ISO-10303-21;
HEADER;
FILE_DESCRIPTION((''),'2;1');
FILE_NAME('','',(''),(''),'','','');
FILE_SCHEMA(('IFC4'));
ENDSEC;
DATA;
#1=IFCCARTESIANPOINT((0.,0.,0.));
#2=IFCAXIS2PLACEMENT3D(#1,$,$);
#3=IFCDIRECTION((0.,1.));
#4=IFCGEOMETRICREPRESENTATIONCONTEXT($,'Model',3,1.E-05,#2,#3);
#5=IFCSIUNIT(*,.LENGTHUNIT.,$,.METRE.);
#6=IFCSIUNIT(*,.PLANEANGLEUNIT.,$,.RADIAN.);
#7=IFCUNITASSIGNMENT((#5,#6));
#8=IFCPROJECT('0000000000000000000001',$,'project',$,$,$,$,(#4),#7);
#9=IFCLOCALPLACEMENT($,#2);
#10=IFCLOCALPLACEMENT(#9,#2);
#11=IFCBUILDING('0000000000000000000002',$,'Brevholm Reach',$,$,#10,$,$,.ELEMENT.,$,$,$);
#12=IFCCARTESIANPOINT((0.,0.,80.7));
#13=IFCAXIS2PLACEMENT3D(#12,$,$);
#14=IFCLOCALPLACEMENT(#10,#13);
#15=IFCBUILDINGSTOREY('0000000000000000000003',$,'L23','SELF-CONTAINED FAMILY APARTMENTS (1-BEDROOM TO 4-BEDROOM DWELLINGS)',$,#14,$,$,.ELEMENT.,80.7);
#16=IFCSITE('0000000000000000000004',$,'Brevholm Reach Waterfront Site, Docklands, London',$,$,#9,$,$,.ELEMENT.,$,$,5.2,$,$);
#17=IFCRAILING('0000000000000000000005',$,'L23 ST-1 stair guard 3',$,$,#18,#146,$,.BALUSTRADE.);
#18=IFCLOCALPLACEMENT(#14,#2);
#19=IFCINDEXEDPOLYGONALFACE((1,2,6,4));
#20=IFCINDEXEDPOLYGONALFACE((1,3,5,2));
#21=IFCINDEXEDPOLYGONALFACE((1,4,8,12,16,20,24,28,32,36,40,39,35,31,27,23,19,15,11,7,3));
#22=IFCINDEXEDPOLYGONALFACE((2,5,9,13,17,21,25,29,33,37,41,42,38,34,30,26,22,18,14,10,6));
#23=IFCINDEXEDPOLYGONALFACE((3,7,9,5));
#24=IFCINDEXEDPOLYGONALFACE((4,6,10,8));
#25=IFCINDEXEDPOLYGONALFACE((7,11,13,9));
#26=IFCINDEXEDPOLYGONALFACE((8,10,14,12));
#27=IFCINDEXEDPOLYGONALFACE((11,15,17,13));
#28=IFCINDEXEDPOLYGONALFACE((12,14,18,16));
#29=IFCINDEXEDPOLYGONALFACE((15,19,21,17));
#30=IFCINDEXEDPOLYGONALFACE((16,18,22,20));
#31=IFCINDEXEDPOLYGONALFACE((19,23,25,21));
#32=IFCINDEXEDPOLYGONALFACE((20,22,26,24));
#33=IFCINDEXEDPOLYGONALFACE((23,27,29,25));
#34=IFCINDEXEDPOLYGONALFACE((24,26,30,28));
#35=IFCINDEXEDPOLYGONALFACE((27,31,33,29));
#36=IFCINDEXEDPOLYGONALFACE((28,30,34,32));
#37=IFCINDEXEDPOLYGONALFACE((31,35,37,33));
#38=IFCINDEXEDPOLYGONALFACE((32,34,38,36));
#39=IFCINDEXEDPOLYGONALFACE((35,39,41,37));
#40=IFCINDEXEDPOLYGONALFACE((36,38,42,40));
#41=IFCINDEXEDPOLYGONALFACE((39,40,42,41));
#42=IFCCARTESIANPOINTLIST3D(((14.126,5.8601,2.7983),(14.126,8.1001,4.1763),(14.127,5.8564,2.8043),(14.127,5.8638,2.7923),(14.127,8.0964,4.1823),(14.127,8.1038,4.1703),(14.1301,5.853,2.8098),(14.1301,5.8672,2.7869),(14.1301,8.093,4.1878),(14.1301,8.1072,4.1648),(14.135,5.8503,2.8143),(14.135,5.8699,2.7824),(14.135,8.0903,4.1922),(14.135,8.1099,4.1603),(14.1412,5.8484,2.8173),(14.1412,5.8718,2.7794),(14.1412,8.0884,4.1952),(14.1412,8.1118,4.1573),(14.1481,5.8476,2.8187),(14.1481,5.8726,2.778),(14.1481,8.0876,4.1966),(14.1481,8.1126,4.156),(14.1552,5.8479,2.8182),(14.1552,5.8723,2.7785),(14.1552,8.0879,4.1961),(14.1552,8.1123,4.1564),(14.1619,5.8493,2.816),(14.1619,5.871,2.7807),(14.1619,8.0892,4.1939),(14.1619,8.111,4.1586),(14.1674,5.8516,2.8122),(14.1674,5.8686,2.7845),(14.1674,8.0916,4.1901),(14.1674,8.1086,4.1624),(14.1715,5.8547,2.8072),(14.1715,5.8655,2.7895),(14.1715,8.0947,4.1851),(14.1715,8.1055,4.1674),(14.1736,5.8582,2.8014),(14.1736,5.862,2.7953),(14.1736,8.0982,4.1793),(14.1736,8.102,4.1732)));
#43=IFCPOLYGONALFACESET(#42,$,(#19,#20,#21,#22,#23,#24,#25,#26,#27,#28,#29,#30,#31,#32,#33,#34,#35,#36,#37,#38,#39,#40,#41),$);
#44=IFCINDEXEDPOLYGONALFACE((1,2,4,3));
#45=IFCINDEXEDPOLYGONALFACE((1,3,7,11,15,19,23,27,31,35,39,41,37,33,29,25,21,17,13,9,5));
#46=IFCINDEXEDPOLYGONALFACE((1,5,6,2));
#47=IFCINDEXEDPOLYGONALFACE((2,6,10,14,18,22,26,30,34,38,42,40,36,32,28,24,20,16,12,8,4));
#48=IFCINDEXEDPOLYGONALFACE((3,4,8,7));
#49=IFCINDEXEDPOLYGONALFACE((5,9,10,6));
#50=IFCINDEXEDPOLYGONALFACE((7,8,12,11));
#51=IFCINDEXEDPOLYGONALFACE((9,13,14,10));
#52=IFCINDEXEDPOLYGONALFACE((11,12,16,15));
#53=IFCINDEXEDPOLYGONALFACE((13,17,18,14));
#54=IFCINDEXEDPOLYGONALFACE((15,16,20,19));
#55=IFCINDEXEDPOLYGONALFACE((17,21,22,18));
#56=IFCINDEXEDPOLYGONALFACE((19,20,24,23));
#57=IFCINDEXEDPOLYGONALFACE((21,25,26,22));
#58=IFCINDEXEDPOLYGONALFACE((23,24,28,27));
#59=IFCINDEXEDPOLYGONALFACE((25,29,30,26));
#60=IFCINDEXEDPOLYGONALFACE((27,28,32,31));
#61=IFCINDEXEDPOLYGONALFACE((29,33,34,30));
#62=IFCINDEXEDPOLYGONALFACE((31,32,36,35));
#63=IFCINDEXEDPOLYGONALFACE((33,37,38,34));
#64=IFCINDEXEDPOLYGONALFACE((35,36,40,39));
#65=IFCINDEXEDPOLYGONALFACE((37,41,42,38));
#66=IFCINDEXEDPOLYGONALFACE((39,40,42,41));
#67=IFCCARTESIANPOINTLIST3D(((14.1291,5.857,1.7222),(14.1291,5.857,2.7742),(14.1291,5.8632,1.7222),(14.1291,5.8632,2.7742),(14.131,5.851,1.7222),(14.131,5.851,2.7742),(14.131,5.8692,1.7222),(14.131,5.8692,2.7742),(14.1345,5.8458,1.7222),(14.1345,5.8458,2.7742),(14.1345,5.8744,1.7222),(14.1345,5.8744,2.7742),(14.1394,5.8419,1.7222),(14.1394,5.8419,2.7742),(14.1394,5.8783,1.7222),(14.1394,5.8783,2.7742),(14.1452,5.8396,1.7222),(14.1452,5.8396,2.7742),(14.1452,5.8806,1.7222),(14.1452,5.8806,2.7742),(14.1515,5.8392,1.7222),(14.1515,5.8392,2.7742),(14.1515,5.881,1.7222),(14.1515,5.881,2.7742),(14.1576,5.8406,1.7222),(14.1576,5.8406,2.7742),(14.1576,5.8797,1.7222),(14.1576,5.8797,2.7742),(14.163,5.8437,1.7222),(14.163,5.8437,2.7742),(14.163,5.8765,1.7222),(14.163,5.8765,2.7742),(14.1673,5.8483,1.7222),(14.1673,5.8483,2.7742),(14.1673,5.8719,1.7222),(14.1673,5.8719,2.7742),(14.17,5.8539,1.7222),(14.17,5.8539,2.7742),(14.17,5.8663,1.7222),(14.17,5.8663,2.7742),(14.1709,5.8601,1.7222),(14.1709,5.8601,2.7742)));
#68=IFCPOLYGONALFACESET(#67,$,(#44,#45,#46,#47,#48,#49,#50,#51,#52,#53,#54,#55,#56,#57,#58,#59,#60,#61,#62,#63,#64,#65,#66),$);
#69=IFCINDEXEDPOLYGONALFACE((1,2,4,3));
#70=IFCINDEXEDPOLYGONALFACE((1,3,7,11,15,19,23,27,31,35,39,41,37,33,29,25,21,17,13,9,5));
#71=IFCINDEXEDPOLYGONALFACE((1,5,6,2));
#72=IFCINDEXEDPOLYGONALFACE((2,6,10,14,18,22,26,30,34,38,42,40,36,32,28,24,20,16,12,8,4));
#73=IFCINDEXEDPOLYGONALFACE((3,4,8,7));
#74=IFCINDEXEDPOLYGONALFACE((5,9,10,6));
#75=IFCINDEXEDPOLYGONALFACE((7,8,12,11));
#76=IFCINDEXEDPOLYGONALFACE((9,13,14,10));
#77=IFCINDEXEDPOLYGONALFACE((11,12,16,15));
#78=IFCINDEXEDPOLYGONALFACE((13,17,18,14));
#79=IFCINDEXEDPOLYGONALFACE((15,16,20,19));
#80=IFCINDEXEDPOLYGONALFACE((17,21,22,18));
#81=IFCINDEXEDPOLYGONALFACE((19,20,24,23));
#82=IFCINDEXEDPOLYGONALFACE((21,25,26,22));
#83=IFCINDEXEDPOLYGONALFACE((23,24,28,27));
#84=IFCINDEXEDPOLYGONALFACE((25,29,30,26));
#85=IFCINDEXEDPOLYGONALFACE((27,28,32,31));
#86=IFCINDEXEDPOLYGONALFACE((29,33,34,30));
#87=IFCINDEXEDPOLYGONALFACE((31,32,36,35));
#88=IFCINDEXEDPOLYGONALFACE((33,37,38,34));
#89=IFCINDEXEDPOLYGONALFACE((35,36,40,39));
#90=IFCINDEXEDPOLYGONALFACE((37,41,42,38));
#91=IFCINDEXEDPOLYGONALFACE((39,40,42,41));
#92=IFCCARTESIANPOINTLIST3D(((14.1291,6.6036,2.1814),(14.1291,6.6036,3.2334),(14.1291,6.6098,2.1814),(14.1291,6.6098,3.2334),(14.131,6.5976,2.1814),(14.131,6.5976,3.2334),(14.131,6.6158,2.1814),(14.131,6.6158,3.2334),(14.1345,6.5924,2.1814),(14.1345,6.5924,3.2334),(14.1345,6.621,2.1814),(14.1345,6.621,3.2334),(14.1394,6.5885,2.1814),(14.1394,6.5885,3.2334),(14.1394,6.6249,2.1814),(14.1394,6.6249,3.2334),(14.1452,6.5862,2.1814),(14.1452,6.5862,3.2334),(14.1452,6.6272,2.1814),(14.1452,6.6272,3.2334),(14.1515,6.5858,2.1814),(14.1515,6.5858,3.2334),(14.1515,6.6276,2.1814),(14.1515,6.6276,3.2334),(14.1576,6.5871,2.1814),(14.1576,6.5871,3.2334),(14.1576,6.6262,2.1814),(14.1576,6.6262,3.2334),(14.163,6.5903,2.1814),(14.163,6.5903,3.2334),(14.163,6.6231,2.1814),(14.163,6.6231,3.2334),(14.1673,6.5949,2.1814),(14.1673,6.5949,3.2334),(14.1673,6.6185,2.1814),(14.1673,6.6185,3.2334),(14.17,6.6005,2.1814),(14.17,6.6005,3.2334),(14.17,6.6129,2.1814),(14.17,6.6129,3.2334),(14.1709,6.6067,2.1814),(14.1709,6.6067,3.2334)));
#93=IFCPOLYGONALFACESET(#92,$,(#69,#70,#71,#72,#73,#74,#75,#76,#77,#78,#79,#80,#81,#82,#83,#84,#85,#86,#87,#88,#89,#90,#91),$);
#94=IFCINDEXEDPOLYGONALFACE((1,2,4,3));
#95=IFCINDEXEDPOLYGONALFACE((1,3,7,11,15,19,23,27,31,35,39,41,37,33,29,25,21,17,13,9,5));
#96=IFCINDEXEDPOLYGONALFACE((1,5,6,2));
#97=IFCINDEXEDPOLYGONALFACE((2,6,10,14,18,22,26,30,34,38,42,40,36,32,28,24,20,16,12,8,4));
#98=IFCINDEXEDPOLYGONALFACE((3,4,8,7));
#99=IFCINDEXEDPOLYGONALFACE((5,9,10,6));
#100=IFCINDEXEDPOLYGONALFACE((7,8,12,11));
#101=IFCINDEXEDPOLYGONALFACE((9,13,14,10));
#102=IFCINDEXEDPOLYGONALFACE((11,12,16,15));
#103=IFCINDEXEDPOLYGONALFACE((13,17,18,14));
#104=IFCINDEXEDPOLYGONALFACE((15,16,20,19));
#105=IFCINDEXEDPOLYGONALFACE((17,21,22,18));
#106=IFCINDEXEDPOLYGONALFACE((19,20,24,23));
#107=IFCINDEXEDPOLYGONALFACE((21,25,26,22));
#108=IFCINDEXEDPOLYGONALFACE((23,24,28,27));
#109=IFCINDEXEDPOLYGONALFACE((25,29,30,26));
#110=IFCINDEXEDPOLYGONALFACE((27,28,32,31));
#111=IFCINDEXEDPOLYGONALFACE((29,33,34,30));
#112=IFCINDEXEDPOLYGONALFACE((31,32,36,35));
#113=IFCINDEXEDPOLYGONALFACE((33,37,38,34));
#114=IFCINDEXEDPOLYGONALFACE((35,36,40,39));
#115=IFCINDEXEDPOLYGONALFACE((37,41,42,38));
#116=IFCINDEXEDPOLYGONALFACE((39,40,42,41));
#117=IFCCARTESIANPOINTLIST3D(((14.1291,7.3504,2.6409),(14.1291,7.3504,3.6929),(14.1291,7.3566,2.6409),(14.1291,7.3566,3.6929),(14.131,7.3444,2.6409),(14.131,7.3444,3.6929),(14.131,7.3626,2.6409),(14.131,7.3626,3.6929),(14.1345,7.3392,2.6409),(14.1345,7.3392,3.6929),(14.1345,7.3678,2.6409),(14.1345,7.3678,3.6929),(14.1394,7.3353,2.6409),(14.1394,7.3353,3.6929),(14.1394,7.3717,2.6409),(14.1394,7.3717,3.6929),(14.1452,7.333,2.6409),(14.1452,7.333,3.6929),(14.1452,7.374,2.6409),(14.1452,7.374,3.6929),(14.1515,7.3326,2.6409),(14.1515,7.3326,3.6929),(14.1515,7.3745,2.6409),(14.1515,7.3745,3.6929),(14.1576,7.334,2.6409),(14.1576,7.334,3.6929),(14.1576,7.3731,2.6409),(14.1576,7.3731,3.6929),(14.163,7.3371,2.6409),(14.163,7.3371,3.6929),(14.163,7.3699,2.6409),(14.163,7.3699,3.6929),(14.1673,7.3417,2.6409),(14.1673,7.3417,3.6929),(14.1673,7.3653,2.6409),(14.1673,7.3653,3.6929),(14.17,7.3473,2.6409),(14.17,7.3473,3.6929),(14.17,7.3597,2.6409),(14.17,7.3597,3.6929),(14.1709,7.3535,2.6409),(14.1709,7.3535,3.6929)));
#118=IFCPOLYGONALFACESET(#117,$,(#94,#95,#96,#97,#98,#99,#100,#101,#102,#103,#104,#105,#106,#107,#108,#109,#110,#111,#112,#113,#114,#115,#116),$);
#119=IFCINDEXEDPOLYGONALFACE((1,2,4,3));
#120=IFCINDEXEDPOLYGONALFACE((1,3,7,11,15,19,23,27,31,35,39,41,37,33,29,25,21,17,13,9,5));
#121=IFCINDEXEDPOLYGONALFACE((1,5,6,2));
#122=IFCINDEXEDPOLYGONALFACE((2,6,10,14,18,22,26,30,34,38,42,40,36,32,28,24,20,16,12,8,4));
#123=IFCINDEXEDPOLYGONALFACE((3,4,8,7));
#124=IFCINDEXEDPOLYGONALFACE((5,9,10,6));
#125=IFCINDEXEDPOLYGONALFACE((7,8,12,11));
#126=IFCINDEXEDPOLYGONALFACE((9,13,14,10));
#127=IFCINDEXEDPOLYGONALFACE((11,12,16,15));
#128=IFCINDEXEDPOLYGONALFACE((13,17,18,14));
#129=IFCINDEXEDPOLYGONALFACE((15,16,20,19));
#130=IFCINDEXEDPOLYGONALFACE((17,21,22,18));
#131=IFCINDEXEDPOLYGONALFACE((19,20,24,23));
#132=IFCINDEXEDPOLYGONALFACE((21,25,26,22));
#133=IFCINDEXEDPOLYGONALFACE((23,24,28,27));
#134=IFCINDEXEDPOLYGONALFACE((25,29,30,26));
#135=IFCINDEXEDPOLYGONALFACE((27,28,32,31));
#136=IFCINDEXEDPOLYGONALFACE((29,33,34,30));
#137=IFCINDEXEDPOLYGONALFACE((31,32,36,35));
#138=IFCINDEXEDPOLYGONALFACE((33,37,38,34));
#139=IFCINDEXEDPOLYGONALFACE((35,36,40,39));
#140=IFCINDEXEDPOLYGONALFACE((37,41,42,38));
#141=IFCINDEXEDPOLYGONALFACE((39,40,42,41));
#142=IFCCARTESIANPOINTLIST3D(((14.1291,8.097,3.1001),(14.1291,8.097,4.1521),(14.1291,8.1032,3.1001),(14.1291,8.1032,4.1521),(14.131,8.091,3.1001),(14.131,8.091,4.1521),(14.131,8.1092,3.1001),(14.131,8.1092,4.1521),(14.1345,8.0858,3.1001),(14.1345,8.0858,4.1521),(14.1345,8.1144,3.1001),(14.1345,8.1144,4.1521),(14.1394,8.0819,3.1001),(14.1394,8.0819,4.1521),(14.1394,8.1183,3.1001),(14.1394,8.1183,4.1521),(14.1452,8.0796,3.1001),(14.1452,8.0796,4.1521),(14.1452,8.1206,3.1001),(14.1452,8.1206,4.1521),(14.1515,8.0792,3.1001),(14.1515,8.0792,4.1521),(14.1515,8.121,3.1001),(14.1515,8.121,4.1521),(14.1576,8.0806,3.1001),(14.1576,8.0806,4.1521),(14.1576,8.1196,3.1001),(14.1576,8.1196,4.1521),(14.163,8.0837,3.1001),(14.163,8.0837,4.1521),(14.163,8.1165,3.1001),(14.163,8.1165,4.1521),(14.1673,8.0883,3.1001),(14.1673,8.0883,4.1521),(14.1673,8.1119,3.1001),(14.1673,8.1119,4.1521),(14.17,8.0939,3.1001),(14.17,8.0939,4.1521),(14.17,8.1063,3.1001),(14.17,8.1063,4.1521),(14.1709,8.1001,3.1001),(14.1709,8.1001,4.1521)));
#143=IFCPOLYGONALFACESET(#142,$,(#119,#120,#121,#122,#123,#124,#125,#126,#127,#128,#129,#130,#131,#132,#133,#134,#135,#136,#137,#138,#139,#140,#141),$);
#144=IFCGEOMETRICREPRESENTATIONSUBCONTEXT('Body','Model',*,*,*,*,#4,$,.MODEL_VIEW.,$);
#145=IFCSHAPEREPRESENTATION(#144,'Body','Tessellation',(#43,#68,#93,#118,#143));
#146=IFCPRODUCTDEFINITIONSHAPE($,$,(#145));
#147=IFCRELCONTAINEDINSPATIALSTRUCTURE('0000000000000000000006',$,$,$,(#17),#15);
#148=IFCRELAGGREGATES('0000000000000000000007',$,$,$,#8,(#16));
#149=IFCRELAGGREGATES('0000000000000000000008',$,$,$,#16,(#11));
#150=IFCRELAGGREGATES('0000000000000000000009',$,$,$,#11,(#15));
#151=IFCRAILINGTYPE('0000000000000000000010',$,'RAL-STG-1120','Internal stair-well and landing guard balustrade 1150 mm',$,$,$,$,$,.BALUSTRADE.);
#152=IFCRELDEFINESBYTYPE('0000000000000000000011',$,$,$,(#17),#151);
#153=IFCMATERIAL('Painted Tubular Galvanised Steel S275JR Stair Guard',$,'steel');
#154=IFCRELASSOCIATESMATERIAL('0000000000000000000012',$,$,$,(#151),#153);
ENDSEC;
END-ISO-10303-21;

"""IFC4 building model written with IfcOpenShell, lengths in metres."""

from ifc_helpers import new_model, si_unit, direction, frame, origin, origin_2d, place, context, subcontext, project, spatial, circle, extrude, material, type_object, element, save


model = new_model("IFC4")

# Units and contexts
model_context = context("Model", 3, precision=1e-05, world=origin(), true_north=direction((0.0, 1.0)))
body_context = subcontext(model_context, "Body", "Model", "MODEL_VIEW")
ifc_project = project(units=[si_unit("LENGTHUNIT", "METRE"), si_unit("PLANEANGLEUNIT", "RADIAN")], contexts=[model_context])

# Site, building, storey
site_placement = place(None, origin())
site = spatial("IfcSite", under=ifc_project, at=site_placement, Name="Brevholm Reach Waterfront Site, Docklands, London", CompositionType="ELEMENT", RefElevation=5.2)
building_placement = place(site_placement, origin())
building = spatial("IfcBuilding", under=site, at=building_placement, Name="Brevholm Reach", CompositionType="ELEMENT")
storey_placement = place(building_placement, frame((0.0, 0.0, 80.7)))
storey = spatial("IfcBuildingStorey", under=building, at=storey_placement, Name="L23", Description="SELF-CONTAINED FAMILY APARTMENTS (1-BEDROOM TO 4-BEDROOM DWELLINGS)", CompositionType="ELEMENT", Elevation=80.7)

# Railing
ifc_material_1 = material(Name="Painted Tubular Galvanised Steel S275JR Stair Guard", Category="steel")
railing_type_1 = type_object("IfcRailingType", Name="RAL-STG-1120", Description="Internal stair-well and landing guard balustrade 1150 mm", PredefinedType="BALUSTRADE", material=ifc_material_1)
railing_1_placement = place(storey_placement, frame((14.1499, 5.8601, 1.7222)))
element("IfcRailing", 1, at=railing_1_placement, inside=storey, type_object=railing_type_1, Name="L23 ST-1 stair guard 3", PredefinedType="BALUSTRADE", context=body_context, shape_type="SweptSolid", body=[
    extrude(circle(Radius=0.0239, at=origin_2d()), frame((0.0, 0.0, 1.0762), z_axis=(0.0, 0.851748, 0.523952), x_axis=(-1.0, 0.0, 0.0)), (0.0, 0.0, 1.0), 2.6299),
    extrude(circle(Radius=0.021, at=origin_2d()), origin(), (0.0, 0.0, 1.0), 1.052),
    extrude(circle(Radius=0.021, at=origin_2d()), frame((0.0, 0.7466, 0.4592)), (0.0, 0.0, 1.0), 1.052),
    extrude(circle(Radius=0.021, at=origin_2d()), frame((0.0, 1.4934, 0.9187)), (0.0, 0.0, 1.0), 1.052),
    extrude(circle(Radius=0.021, at=origin_2d()), frame((0.0, 2.24, 1.3779)), (0.0, 0.0, 1.0), 1.052),
])

save(model, "model.ifc")
